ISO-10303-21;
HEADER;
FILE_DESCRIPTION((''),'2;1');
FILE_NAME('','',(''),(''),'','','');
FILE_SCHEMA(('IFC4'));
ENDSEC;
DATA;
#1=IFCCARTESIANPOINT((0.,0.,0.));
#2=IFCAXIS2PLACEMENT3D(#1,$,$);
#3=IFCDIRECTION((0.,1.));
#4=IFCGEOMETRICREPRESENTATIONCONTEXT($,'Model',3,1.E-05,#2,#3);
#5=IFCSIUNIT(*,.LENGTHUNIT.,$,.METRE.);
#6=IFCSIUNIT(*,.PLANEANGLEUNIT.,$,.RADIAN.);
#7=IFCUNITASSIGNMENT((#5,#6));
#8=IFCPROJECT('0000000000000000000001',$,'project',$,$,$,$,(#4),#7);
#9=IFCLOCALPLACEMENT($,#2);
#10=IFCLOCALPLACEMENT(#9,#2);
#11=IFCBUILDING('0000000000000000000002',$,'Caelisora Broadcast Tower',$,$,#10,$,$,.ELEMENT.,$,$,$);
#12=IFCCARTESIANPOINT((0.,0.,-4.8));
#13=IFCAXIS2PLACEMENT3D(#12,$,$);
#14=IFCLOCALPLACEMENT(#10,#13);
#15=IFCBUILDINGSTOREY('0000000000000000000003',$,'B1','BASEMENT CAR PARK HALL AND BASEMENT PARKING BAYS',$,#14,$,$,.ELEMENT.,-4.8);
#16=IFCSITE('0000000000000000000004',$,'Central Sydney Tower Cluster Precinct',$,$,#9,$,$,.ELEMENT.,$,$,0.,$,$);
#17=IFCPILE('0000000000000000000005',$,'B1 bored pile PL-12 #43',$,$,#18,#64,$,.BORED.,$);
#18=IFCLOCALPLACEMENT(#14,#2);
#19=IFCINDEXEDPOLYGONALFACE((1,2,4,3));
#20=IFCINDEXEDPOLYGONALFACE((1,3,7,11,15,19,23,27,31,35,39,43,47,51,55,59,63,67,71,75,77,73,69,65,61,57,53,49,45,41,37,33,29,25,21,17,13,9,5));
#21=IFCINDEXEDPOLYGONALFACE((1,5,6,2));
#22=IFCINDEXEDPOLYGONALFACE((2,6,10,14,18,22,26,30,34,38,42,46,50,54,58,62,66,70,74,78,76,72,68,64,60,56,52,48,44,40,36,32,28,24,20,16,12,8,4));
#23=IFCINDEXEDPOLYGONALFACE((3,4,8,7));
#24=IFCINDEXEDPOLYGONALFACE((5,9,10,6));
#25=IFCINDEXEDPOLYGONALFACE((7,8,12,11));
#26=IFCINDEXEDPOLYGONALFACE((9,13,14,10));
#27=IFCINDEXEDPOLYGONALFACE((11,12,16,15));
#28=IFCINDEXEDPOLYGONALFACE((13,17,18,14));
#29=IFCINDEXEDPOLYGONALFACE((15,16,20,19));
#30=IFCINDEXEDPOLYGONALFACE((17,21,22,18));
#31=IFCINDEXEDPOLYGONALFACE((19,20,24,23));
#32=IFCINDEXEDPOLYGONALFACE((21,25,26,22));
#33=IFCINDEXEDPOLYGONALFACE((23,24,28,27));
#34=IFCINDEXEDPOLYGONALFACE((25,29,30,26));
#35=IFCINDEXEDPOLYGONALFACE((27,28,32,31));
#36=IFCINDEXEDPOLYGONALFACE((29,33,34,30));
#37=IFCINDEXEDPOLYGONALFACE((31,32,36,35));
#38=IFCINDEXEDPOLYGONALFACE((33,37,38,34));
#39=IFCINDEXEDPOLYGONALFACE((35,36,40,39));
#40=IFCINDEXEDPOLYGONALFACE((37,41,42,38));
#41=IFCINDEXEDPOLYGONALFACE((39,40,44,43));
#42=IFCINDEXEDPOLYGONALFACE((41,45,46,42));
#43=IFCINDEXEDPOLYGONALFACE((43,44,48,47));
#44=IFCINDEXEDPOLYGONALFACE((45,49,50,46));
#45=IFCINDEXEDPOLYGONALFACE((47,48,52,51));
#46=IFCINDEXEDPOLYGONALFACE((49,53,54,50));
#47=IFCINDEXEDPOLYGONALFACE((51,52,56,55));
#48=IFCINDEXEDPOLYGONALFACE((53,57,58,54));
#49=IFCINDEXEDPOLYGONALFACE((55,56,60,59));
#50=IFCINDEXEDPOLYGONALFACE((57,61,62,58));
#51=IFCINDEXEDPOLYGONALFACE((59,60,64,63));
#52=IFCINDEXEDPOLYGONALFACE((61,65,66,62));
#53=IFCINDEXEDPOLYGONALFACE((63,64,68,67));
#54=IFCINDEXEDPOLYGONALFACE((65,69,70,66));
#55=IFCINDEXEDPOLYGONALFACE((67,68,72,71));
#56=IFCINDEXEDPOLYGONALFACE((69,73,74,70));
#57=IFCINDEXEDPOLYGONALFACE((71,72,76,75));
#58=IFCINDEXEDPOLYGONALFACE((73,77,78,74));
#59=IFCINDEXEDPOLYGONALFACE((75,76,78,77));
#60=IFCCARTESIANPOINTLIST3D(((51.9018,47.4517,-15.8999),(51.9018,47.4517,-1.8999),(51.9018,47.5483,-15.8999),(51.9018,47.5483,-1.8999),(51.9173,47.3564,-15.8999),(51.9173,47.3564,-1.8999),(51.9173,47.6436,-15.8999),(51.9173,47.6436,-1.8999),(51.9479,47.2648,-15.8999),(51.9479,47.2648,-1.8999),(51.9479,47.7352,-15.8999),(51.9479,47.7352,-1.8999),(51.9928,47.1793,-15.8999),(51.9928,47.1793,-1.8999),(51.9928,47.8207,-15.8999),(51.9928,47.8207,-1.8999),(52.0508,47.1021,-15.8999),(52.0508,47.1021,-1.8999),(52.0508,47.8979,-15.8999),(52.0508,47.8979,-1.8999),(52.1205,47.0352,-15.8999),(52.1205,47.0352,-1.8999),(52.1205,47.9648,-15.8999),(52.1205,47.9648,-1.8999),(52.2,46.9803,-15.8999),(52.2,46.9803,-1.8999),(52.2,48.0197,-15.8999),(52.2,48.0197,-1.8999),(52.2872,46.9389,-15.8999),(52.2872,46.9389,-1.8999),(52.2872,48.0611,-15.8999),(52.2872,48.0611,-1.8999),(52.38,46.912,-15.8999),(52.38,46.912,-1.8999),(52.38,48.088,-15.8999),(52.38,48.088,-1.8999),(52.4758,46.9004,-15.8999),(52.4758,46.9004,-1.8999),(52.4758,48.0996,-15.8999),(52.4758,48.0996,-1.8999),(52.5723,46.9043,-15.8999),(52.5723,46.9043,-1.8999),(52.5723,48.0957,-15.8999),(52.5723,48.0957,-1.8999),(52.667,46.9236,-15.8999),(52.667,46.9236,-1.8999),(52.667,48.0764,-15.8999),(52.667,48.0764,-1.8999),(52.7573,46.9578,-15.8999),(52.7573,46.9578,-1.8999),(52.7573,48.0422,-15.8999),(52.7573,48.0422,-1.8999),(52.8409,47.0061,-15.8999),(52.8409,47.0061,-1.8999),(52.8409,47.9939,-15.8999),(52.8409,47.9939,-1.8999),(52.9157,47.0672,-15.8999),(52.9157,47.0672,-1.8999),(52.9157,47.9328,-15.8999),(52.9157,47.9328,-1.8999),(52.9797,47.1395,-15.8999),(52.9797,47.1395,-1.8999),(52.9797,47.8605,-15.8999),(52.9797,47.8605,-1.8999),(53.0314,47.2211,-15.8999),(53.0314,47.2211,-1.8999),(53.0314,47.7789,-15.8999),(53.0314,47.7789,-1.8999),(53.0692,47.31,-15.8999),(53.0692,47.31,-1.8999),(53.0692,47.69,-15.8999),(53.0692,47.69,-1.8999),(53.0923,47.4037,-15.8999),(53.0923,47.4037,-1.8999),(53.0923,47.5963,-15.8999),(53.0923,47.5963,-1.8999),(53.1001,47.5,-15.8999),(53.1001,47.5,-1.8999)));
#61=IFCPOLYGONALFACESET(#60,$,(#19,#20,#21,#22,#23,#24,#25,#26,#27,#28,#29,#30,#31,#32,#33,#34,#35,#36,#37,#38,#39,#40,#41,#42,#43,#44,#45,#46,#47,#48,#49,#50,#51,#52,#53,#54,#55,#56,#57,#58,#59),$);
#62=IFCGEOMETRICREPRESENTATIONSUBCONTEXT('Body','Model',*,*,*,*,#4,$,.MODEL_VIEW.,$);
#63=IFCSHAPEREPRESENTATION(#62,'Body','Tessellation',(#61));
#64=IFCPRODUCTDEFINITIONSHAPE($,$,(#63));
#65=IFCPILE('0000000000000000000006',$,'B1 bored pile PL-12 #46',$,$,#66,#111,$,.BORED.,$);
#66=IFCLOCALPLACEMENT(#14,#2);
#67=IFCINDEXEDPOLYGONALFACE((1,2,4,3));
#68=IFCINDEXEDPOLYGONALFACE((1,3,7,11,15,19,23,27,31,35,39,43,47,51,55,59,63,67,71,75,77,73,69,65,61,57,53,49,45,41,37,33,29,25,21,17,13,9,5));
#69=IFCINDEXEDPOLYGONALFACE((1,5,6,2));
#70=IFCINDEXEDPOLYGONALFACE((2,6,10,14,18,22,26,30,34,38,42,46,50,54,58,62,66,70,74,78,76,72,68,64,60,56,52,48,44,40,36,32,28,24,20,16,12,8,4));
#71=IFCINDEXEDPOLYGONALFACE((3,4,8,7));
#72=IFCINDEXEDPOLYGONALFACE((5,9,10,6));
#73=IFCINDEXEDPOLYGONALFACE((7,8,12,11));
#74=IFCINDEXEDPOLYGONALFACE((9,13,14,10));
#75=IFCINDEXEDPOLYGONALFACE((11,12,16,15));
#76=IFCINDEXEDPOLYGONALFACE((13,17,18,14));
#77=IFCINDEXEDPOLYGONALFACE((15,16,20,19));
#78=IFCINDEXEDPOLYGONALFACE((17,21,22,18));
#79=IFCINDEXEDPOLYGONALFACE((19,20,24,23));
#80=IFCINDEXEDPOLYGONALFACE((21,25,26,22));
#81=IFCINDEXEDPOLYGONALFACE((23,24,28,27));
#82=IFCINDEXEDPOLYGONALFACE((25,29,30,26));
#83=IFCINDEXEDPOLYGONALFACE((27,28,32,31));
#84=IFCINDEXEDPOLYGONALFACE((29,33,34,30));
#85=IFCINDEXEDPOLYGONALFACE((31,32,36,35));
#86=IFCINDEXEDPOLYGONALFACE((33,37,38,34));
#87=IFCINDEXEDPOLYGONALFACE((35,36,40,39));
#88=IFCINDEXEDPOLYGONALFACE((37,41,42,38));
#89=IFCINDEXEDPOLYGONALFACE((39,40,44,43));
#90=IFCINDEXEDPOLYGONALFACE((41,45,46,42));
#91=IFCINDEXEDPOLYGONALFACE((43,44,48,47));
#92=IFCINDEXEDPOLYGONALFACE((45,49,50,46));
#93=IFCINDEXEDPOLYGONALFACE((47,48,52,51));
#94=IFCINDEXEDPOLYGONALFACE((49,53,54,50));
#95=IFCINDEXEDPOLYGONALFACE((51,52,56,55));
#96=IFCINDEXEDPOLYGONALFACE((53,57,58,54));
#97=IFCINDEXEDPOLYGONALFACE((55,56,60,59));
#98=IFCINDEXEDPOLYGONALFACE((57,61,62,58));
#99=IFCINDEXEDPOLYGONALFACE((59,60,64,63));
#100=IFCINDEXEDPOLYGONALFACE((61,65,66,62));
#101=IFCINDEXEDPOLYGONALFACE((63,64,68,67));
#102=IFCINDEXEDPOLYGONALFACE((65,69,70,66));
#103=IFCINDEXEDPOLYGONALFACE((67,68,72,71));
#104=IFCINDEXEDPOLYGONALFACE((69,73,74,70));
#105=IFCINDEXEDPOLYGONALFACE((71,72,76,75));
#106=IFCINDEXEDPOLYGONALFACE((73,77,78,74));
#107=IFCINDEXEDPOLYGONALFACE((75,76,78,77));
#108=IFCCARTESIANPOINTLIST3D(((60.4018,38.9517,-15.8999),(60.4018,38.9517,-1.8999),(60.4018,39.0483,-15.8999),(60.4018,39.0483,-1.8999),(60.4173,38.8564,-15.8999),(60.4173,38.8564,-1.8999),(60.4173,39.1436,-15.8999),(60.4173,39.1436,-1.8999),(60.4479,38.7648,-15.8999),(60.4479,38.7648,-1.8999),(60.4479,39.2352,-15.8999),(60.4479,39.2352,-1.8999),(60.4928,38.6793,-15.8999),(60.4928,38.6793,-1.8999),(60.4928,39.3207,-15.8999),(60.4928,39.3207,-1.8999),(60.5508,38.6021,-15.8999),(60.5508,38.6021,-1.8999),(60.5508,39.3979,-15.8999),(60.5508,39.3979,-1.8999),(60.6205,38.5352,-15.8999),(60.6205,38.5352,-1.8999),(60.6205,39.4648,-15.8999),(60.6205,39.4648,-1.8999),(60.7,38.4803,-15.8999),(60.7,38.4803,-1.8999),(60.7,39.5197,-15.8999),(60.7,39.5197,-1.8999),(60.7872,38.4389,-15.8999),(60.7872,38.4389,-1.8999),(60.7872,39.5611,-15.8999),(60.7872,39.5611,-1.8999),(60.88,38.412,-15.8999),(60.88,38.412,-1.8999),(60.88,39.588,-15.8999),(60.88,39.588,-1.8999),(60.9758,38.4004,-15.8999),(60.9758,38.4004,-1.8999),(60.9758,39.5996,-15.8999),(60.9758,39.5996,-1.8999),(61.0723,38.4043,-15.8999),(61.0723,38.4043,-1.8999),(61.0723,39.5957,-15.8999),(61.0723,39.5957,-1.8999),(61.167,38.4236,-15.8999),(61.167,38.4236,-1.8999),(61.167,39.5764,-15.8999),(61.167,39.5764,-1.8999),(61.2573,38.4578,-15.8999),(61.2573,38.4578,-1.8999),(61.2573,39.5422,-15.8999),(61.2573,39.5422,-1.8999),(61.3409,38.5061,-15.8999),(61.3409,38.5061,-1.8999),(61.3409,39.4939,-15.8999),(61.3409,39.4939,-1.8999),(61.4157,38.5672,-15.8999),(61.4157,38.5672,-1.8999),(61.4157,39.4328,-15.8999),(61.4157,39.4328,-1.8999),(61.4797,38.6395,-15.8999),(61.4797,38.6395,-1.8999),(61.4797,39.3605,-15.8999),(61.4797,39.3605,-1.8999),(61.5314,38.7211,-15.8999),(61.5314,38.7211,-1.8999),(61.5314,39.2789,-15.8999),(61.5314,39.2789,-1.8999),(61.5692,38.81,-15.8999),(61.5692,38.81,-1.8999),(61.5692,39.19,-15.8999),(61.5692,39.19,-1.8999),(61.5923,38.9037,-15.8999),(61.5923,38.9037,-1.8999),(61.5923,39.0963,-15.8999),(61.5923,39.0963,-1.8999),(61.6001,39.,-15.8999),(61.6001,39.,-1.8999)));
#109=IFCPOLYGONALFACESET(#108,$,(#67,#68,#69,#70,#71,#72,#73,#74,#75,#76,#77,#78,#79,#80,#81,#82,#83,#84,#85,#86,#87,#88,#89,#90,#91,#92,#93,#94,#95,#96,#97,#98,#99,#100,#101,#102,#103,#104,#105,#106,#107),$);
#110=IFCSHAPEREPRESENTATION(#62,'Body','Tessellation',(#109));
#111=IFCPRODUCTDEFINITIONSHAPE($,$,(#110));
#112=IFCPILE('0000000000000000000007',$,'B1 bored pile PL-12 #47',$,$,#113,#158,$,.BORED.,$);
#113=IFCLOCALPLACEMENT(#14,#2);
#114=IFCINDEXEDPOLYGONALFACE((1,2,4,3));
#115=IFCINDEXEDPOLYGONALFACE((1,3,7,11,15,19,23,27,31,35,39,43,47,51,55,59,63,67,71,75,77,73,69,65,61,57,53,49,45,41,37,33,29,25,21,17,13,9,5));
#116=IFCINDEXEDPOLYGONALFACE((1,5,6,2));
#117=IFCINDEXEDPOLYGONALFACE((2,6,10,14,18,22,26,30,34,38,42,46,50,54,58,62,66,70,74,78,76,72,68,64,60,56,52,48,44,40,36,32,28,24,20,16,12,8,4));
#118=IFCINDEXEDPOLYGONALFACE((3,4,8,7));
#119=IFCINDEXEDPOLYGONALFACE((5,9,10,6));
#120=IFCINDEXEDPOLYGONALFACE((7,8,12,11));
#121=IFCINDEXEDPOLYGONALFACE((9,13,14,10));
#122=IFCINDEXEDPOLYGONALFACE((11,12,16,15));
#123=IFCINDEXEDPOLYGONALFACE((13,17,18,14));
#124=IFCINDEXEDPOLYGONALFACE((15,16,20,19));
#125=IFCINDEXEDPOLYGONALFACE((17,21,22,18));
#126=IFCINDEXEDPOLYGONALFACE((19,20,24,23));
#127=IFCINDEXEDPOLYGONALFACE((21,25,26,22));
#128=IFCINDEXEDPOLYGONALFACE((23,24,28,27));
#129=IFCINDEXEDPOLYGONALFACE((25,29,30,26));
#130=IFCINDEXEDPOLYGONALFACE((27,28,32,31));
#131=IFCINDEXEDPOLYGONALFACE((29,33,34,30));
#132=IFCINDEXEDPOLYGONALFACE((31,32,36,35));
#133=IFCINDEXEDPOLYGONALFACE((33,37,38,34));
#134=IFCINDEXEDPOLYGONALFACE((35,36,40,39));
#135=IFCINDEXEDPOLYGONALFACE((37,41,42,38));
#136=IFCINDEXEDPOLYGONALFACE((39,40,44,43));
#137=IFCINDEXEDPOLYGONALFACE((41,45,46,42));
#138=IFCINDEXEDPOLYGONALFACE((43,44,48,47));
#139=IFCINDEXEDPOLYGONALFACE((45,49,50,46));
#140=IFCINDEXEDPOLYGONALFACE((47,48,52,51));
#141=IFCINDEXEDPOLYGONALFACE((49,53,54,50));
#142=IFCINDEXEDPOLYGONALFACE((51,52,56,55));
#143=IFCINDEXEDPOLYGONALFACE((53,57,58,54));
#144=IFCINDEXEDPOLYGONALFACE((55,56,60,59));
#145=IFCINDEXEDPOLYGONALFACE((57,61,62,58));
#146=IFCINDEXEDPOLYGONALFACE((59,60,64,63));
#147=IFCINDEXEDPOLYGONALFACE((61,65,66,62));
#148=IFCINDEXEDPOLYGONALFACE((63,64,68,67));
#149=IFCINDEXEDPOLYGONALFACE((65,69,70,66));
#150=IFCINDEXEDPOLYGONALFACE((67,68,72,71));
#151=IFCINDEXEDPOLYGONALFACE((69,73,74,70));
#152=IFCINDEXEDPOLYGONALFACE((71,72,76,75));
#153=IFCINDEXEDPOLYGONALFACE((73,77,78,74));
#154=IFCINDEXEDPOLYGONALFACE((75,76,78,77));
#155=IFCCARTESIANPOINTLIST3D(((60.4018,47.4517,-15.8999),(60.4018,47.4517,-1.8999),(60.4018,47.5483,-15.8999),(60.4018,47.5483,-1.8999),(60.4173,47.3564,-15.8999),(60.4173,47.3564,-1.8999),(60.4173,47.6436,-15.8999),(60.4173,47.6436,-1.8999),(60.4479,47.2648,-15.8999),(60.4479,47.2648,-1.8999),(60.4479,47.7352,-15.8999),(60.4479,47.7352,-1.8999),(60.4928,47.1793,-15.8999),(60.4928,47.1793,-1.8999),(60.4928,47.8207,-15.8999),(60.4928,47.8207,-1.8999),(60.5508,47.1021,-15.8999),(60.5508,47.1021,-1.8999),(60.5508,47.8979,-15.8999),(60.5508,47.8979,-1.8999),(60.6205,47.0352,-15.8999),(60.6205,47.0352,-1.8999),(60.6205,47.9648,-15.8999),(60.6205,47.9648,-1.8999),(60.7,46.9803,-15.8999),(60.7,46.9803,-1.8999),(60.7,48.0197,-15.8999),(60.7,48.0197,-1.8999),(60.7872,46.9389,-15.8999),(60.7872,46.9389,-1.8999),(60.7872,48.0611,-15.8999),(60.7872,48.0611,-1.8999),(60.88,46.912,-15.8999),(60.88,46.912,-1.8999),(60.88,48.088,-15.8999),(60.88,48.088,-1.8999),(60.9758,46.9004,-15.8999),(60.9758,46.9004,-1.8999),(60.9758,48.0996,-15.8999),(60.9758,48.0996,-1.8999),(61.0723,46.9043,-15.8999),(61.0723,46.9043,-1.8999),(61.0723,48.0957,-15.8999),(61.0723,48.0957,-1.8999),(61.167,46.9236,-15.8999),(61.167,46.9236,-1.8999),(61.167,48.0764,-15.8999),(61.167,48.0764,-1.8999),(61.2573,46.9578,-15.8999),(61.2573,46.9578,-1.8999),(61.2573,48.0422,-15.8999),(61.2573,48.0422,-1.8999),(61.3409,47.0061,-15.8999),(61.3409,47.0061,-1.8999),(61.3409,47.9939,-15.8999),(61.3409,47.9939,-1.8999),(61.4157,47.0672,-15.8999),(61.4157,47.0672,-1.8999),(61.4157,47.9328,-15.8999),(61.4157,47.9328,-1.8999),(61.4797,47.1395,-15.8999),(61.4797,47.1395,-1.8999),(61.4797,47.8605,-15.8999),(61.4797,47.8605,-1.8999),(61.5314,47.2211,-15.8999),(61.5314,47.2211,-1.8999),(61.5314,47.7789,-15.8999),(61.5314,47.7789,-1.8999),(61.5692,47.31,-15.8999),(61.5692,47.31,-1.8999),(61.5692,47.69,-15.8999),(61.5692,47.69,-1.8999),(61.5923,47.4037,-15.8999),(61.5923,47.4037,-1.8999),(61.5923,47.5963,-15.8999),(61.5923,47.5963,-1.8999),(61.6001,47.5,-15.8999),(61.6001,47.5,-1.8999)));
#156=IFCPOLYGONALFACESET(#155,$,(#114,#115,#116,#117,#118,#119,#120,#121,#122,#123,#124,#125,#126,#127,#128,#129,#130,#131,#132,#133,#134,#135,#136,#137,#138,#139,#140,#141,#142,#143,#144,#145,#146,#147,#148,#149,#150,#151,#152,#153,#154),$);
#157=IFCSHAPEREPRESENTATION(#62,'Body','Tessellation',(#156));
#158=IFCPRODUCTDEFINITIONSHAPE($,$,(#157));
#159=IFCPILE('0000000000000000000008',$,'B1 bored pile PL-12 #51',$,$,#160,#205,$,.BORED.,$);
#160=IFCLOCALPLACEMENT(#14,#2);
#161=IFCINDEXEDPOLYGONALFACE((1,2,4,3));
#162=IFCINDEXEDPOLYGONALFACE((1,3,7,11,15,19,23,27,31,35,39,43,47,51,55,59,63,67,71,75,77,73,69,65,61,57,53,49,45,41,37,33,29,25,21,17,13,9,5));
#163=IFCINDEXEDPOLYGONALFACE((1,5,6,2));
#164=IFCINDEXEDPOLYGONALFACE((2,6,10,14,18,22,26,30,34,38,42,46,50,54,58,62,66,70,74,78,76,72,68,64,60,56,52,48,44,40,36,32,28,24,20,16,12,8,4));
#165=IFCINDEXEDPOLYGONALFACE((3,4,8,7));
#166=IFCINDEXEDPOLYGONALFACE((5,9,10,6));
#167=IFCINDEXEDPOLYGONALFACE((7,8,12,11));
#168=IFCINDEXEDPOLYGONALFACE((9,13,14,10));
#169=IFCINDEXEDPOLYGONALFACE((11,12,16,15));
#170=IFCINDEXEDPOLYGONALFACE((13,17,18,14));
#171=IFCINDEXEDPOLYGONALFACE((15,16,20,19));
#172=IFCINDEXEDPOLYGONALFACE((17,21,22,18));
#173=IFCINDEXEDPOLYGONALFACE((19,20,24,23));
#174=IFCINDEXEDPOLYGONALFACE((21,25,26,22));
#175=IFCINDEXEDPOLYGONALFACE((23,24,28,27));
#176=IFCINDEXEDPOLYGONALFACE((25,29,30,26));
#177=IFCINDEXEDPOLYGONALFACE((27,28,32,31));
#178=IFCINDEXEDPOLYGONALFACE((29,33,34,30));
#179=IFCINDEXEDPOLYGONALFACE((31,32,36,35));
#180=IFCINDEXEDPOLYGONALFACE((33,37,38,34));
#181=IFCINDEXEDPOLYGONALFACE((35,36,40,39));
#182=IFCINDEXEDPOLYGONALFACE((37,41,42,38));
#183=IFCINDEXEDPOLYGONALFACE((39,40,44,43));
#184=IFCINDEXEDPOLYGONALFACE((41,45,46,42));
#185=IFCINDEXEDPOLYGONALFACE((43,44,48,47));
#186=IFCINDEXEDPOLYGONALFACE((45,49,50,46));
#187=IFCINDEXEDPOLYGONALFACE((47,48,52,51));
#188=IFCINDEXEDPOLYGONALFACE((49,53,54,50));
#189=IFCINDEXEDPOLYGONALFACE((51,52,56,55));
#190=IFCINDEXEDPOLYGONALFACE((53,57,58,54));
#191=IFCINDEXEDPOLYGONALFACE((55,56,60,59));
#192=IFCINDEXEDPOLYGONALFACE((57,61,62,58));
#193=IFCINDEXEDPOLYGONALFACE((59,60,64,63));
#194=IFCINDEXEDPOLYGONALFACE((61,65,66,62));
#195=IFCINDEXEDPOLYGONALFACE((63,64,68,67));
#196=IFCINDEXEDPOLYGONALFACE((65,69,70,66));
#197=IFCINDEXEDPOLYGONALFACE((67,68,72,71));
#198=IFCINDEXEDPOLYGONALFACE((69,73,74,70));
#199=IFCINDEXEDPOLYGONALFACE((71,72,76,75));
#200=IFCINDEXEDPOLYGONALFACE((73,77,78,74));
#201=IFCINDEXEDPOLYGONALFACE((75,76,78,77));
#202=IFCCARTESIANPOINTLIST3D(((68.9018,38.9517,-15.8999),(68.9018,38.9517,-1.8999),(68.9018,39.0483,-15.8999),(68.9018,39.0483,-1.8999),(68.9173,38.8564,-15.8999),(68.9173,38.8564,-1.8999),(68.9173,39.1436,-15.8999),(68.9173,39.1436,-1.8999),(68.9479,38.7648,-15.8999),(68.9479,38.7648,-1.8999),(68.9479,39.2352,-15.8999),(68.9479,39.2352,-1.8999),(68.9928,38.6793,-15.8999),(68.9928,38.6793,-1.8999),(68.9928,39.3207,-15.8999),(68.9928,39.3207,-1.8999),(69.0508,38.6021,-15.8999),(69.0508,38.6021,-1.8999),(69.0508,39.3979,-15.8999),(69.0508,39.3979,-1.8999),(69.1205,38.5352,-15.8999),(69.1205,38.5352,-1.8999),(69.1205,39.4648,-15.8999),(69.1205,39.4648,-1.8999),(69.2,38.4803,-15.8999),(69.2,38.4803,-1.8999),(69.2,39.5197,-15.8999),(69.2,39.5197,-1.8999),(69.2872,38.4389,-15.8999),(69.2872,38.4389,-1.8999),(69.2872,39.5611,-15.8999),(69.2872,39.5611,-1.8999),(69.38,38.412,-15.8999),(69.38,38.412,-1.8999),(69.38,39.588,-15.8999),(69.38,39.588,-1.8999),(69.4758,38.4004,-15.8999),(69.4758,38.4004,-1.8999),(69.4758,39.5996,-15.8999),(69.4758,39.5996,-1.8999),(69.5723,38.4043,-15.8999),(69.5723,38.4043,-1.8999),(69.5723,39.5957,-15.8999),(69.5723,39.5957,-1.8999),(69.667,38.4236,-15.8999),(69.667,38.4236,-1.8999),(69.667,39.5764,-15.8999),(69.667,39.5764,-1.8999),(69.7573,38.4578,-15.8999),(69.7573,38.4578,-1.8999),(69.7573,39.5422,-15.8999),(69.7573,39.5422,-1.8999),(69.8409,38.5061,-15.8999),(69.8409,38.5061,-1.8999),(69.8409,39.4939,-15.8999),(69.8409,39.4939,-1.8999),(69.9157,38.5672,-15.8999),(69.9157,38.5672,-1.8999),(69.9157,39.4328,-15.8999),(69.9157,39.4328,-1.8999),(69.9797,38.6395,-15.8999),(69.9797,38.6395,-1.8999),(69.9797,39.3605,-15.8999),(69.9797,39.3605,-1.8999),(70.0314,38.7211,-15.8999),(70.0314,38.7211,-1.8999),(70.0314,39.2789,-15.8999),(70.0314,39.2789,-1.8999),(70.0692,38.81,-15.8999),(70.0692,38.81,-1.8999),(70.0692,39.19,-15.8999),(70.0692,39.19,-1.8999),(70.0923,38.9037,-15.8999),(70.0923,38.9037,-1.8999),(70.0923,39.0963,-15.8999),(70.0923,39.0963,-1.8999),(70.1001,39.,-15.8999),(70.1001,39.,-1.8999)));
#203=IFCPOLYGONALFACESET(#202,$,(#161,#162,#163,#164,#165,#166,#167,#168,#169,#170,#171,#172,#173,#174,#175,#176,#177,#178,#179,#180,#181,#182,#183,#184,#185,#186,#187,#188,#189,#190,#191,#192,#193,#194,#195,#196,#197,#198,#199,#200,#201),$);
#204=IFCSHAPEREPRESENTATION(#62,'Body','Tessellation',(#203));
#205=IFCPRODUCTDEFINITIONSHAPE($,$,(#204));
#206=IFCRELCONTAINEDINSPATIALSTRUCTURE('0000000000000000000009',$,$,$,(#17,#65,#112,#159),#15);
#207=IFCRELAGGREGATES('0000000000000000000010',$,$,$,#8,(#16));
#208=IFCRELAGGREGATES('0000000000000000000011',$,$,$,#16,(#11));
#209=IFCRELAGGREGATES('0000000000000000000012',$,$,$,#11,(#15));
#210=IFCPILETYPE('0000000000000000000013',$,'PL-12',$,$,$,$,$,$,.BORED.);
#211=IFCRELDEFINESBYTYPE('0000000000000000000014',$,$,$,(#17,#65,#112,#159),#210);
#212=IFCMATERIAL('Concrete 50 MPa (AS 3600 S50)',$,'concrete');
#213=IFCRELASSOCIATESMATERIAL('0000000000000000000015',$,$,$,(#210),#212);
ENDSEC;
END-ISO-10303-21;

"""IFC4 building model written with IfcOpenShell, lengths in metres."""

from ifc_helpers import new_model, si_unit, direction, frame, origin, origin_2d, place, context, subcontext, project, spatial, circle, extrude, material, material_profile, profile_set, type_object, element, save


model = new_model("IFC4")

# Units and contexts
model_context = context("Model", 3, precision=1e-05, world=origin(), true_north=direction((0.0, 1.0)))
body_context = subcontext(model_context, "Body", "Model", "MODEL_VIEW")
ifc_project = project(units=[si_unit("LENGTHUNIT", "METRE"), si_unit("PLANEANGLEUNIT", "RADIAN")], contexts=[model_context])

# Site, building, storey
site_placement = place(None, origin())
site = spatial("IfcSite", under=ifc_project, at=site_placement, Name="Central Sydney Tower Cluster Precinct", CompositionType="ELEMENT", RefElevation=0.0)
building_placement = place(site_placement, origin())
building = spatial("IfcBuilding", under=site, at=building_placement, Name="Caelisora Broadcast Tower", CompositionType="ELEMENT")
storey_placement = place(building_placement, frame((0.0, 0.0, -4.8)))
storey = spatial("IfcBuildingStorey", under=building, at=storey_placement, Name="B1", Description="BASEMENT CAR PARK HALL AND BASEMENT PARKING BAYS", CompositionType="ELEMENT", Elevation=-4.8)

# Piles
ifc_material_1 = material(Name="Concrete 50 MPa (AS 3600 S50)", Category="concrete")
ifc_material_profile_1 = material_profile(ifc_material_1, circle(Radius=0.6001, at=origin_2d()), Name="Concrete 50 MPa (AS 3600 S50)")
ifc_profile_set_1 = profile_set([ifc_material_profile_1], Name="Concrete 50 MPa (AS 3600 S50)")
pile_type = type_object("IfcPileType", Name="PL-12", PredefinedType="BORED", material=ifc_profile_set_1)
for number, where, z_axis, x_axis, name in (
    (1, (52.5, 47.5, -1.8999), (0.0, 0.0, -1.0), (1.0, 0.0, 0.0), "B1 bored pile PL-12 #43"),
    (2, (61.0, 39.0, -1.8999), (0.0, 0.0, -1.0), (1.0, 0.0, 0.0), "B1 bored pile PL-12 #46"),
    (3, (61.0, 47.5, -1.8999), (0.0, 0.0, -1.0), (1.0, 0.0, 0.0), "B1 bored pile PL-12 #47"),
    (4, (69.5, 39.0, -1.8999), (0.0, 0.0, -1.0), (1.0, 0.0, 0.0), "B1 bored pile PL-12 #51"),
):
    element("IfcPile", number, at=place(storey_placement, frame(where, z_axis=z_axis, x_axis=x_axis)), inside=storey, type_object=pile_type, Name=name, PredefinedType="BORED", context=body_context, shape_type="SweptSolid", body=[
        extrude(circle(Radius=0.6001, at=origin_2d()), origin(), (0.0, 0.0, 1.0), 14.0),
    ])

save(model, "model.ifc")
